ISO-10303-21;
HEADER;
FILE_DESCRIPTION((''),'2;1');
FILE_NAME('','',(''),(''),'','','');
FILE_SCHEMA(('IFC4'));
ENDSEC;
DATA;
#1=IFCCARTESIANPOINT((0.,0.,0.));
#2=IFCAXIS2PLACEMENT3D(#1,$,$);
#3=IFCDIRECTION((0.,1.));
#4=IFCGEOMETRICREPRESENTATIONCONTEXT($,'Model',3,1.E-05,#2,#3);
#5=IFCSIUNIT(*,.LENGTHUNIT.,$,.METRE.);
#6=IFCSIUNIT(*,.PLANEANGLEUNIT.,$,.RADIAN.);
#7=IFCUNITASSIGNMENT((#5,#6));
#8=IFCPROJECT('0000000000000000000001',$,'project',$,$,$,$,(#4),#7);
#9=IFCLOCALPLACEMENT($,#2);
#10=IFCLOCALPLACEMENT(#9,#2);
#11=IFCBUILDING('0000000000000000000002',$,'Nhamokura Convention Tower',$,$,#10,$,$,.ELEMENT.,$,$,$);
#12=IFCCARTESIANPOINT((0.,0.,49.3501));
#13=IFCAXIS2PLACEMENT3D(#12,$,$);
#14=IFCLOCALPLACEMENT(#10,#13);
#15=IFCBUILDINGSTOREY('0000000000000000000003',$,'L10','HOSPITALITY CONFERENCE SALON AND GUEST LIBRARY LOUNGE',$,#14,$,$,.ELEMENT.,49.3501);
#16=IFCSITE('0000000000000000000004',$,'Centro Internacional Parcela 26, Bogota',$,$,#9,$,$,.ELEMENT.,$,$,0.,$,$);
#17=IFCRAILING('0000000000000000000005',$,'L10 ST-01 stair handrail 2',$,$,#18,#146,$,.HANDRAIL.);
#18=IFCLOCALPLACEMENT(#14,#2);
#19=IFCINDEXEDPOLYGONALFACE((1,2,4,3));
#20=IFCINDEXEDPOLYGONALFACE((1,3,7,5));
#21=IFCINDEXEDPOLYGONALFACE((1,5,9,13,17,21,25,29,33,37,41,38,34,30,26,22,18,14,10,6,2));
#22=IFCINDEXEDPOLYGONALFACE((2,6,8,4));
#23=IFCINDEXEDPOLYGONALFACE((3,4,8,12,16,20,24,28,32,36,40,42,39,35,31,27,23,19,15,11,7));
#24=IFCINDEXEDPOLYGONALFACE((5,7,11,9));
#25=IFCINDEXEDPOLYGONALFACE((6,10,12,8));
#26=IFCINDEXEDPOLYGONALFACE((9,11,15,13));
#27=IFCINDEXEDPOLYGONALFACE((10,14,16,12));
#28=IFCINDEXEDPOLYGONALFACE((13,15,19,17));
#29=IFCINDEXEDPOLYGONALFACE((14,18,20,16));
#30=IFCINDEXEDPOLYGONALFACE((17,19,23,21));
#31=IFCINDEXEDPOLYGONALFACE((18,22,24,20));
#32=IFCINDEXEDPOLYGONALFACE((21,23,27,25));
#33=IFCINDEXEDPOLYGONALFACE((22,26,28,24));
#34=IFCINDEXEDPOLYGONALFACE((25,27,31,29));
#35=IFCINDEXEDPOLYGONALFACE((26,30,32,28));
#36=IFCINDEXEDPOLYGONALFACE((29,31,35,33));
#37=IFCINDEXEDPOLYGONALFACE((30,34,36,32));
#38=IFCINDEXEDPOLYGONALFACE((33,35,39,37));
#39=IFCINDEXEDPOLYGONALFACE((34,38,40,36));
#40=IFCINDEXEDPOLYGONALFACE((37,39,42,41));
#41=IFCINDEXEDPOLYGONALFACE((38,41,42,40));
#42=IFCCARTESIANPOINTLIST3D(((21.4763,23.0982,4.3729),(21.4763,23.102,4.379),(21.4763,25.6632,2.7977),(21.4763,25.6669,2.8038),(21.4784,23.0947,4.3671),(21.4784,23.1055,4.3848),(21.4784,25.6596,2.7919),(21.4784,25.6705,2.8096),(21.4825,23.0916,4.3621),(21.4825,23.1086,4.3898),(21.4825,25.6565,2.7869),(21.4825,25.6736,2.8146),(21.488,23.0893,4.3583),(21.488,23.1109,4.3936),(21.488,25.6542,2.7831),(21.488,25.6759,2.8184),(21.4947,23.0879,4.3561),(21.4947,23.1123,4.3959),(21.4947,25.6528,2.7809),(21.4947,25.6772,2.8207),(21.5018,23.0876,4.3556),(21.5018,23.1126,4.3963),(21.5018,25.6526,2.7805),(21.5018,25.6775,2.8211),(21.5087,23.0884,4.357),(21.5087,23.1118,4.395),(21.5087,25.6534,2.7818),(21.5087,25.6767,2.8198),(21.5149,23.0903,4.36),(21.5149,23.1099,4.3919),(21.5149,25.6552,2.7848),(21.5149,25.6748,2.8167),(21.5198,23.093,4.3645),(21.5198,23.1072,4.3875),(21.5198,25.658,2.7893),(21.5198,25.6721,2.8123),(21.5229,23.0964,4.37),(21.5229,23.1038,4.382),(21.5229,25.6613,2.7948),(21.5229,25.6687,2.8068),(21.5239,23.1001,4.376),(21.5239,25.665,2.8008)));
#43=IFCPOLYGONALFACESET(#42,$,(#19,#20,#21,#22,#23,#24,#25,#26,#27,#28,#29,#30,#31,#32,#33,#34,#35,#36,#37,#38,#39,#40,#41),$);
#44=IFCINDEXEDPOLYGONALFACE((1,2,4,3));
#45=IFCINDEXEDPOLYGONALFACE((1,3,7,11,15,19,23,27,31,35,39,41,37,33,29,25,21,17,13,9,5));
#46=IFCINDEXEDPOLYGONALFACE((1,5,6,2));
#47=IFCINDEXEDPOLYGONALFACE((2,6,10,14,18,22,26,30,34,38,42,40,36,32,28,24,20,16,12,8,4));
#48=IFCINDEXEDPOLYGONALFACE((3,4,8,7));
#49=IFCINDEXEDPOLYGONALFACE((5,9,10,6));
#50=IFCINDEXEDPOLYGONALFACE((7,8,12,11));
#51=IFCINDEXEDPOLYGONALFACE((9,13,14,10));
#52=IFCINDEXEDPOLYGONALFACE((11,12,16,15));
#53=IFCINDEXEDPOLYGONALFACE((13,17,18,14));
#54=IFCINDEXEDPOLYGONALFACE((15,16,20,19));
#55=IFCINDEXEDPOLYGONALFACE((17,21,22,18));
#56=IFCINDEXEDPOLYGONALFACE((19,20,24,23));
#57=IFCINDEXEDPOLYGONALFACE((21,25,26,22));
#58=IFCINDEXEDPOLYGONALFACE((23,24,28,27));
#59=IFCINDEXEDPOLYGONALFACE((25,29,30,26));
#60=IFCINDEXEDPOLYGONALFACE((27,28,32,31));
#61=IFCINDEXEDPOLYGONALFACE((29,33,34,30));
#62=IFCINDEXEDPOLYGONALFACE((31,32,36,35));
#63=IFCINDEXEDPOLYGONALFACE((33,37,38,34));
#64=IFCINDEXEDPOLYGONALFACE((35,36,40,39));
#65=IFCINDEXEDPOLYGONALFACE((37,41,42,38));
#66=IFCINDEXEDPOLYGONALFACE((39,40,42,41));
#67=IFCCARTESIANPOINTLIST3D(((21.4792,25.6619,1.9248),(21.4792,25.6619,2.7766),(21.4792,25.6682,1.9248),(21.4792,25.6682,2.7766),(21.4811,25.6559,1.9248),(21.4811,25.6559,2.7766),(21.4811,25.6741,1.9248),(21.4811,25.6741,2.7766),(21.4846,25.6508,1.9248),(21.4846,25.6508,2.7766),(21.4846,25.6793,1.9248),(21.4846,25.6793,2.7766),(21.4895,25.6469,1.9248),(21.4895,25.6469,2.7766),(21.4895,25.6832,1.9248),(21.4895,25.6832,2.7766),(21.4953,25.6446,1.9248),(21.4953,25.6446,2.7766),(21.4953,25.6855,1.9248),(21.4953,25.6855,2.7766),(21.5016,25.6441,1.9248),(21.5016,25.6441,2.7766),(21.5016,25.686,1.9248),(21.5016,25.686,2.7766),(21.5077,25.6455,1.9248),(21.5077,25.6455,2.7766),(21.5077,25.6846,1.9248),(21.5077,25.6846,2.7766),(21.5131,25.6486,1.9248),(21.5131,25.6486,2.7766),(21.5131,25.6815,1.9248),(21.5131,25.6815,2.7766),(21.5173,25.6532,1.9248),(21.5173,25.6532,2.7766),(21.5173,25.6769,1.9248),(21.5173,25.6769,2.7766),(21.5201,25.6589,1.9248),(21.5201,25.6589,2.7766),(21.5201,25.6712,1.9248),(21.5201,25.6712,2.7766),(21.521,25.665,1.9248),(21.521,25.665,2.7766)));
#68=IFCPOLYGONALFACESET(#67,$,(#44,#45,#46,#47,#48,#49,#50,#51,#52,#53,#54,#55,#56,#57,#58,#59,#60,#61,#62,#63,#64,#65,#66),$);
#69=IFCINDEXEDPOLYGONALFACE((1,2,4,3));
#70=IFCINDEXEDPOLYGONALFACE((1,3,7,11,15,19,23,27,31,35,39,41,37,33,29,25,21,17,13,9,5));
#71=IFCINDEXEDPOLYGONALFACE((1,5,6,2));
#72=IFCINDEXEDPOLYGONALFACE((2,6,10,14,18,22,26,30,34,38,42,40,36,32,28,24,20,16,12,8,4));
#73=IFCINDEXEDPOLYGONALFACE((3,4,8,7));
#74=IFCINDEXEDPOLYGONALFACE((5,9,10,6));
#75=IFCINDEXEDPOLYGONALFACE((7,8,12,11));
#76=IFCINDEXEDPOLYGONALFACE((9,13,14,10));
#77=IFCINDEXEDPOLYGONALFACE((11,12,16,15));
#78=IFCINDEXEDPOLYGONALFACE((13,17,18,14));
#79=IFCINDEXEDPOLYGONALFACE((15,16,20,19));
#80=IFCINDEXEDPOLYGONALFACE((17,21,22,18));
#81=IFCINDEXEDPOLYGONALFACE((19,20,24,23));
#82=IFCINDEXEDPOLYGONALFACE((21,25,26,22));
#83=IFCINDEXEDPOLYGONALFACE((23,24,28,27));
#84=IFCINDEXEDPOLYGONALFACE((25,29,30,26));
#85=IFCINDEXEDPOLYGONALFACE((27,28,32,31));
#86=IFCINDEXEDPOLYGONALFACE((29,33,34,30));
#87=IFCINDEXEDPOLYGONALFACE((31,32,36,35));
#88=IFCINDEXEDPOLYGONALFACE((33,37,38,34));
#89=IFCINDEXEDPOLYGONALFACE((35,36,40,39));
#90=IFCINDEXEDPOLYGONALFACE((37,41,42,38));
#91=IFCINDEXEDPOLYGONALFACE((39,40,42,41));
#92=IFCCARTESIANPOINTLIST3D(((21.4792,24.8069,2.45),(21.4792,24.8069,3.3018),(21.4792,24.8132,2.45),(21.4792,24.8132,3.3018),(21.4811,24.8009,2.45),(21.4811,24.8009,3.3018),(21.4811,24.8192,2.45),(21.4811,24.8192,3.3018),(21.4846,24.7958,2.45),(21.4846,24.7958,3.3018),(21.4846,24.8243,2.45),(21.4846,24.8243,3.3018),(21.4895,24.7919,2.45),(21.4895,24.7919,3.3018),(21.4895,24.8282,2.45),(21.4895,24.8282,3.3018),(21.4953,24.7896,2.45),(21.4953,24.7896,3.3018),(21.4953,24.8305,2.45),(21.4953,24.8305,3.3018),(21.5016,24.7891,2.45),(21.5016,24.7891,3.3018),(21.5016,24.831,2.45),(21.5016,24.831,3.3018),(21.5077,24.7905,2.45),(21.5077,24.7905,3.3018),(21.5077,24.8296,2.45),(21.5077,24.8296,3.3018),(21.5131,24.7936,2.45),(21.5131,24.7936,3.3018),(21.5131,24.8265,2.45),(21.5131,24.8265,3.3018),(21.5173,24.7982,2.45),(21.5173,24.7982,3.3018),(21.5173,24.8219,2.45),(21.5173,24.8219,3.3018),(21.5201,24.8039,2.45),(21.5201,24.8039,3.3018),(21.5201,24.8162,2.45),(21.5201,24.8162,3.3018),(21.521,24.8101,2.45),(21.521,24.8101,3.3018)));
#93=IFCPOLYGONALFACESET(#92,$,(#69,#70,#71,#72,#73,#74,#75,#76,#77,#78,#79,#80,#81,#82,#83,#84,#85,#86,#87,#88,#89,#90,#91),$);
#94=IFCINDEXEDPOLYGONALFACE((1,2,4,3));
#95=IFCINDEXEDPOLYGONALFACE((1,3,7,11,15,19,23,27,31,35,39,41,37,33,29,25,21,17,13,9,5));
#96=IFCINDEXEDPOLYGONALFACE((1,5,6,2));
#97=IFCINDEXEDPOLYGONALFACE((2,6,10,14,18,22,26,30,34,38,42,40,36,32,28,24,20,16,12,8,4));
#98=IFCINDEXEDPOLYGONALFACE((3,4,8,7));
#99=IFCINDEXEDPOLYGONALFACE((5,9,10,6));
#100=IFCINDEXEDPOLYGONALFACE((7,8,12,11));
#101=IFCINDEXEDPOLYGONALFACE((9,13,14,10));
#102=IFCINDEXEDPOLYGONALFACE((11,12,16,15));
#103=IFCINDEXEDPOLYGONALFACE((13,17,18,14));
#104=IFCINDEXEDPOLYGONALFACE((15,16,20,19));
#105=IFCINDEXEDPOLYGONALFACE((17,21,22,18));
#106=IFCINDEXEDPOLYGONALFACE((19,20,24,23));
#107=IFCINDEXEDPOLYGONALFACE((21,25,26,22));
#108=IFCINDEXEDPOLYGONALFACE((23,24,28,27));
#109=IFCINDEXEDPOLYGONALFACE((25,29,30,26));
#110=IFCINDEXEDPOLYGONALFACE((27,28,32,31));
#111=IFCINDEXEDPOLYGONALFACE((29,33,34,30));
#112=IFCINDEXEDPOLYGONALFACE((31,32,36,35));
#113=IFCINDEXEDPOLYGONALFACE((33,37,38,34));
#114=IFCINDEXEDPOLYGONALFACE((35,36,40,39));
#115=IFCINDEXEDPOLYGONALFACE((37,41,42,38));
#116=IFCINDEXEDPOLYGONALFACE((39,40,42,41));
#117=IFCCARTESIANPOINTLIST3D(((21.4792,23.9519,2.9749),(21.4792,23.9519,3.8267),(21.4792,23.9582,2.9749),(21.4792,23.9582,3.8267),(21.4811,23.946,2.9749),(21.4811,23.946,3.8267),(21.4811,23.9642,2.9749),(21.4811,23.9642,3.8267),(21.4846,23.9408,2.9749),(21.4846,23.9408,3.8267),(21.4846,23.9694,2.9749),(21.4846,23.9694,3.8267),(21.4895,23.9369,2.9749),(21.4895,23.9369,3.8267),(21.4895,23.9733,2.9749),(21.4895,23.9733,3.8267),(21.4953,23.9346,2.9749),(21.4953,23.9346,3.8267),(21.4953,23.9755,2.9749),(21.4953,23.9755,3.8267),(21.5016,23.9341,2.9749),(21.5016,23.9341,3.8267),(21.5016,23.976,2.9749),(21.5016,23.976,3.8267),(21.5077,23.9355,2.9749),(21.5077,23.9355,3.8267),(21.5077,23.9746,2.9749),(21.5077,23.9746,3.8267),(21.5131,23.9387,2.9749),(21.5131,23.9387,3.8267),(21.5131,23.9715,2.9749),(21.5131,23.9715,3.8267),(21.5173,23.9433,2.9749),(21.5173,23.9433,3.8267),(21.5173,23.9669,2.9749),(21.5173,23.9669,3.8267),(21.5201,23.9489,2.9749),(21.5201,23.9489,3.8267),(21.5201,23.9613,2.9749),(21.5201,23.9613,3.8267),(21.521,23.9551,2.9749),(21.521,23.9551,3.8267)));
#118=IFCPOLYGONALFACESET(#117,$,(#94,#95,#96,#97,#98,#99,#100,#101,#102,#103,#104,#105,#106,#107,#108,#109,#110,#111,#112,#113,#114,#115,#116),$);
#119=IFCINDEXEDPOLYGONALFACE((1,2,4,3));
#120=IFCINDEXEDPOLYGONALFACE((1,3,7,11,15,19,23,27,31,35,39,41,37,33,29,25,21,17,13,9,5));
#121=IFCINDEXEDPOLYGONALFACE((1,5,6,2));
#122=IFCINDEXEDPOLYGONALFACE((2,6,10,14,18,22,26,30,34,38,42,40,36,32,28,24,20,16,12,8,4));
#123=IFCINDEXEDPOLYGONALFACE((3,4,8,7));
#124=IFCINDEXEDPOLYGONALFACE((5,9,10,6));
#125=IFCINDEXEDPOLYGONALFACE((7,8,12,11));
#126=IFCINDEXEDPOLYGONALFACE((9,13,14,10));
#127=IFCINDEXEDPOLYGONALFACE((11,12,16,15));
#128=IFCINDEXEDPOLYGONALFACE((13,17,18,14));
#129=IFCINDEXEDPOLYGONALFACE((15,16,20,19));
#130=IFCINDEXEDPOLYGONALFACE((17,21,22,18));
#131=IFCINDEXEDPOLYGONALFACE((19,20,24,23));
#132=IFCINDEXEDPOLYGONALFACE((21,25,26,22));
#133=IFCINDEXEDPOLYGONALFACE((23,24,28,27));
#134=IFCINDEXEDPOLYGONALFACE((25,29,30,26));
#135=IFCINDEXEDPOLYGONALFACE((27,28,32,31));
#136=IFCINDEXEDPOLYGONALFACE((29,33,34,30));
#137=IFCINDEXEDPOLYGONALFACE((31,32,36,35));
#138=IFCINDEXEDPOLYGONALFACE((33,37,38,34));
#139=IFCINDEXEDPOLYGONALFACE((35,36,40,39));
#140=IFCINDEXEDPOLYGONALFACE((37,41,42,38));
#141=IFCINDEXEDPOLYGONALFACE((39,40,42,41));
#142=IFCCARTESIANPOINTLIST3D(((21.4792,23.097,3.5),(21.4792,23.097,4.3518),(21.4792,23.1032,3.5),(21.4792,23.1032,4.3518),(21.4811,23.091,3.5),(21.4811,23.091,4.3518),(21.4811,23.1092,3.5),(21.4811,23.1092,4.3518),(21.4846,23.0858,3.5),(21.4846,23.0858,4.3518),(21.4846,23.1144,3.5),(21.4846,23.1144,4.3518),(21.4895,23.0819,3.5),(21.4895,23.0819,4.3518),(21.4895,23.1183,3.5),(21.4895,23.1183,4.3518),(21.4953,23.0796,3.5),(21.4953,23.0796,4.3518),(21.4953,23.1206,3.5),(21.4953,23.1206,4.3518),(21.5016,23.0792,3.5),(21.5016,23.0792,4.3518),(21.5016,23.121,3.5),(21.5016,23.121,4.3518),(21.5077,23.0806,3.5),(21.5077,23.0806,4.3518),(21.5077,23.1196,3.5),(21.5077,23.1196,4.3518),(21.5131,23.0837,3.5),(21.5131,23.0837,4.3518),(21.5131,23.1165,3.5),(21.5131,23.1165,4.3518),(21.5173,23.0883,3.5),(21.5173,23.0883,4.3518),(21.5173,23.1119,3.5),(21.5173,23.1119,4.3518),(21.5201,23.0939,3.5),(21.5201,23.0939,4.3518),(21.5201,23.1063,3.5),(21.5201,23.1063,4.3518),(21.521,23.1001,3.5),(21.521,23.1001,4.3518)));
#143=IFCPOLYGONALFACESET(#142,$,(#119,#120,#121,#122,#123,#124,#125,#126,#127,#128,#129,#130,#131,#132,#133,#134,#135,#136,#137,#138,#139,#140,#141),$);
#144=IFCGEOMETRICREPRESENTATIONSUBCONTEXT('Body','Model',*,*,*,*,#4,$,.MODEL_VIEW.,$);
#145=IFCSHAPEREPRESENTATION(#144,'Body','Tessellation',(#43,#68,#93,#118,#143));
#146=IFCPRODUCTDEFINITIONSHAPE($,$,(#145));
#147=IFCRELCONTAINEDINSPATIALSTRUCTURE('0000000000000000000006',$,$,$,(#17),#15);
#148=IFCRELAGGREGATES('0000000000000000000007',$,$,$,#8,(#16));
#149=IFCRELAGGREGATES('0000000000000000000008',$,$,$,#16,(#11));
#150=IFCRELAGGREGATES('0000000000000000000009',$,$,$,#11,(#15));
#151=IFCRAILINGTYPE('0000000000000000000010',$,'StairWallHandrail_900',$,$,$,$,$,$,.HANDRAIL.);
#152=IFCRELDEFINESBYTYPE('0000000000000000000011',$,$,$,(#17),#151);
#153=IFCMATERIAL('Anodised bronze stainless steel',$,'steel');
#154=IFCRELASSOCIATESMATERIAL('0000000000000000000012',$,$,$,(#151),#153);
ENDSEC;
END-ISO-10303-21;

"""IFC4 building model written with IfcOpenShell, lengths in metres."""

from ifc_helpers import new_model, si_unit, direction, frame, origin, origin_2d, place, context, subcontext, project, spatial, circle, extrude, material, type_object, element, save


model = new_model("IFC4")

# Units and contexts
model_context = context("Model", 3, precision=1e-05, world=origin(), true_north=direction((0.0, 1.0)))
body_context = subcontext(model_context, "Body", "Model", "MODEL_VIEW")
ifc_project = project(units=[si_unit("LENGTHUNIT", "METRE"), si_unit("PLANEANGLEUNIT", "RADIAN")], contexts=[model_context])

# Site, building, storey
site_placement = place(None, origin())
site = spatial("IfcSite", under=ifc_project, at=site_placement, Name="Centro Internacional Parcela 26, Bogota", CompositionType="ELEMENT", RefElevation=0.0)
building_placement = place(site_placement, origin())
building = spatial("IfcBuilding", under=site, at=building_placement, Name="Nhamokura Convention Tower", CompositionType="ELEMENT")
storey_placement = place(building_placement, frame((0.0, 0.0, 49.3501)))
storey = spatial("IfcBuildingStorey", under=building, at=storey_placement, Name="L10", Description="HOSPITALITY CONFERENCE SALON AND GUEST LIBRARY LOUNGE", CompositionType="ELEMENT", Elevation=49.3501)

# Railing
ifc_material_1 = material(Name="Anodised bronze stainless steel", Category="steel")
railing_type_1 = type_object("IfcRailingType", Name="StairWallHandrail_900", PredefinedType="HANDRAIL", material=ifc_material_1)
railing_1_placement = place(storey_placement, frame((21.5, 25.665, 1.9248)))
element("IfcRailing", 1, at=railing_1_placement, inside=storey, type_object=railing_type_1, Name="L10 ST-01 stair handrail 2", PredefinedType="HANDRAIL", context=body_context, shape_type="SweptSolid", body=[
    extrude(circle(Radius=0.0239, at=origin_2d()), frame((0.0, 0.0, 0.876), z_axis=(0.0, -0.852137, 0.523319), x_axis=(1.0, 0.0, 0.0)), (0.0, 0.0, 1.0), 3.01),
    extrude(circle(Radius=0.021, at=origin_2d()), origin(), (0.0, 0.0, 1.0), 0.8518),
    extrude(circle(Radius=0.021, at=origin_2d()), frame((0.0, -0.855, 0.5251)), (0.0, 0.0, 1.0), 0.8518),
    extrude(circle(Radius=0.021, at=origin_2d()), frame((0.0, -1.71, 1.05)), (0.0, 0.0, 1.0), 0.8518),
    extrude(circle(Radius=0.021, at=origin_2d()), frame((0.0, -2.5649, 1.5752)), (0.0, 0.0, 1.0), 0.8518),
])

save(model, "model.ifc")
